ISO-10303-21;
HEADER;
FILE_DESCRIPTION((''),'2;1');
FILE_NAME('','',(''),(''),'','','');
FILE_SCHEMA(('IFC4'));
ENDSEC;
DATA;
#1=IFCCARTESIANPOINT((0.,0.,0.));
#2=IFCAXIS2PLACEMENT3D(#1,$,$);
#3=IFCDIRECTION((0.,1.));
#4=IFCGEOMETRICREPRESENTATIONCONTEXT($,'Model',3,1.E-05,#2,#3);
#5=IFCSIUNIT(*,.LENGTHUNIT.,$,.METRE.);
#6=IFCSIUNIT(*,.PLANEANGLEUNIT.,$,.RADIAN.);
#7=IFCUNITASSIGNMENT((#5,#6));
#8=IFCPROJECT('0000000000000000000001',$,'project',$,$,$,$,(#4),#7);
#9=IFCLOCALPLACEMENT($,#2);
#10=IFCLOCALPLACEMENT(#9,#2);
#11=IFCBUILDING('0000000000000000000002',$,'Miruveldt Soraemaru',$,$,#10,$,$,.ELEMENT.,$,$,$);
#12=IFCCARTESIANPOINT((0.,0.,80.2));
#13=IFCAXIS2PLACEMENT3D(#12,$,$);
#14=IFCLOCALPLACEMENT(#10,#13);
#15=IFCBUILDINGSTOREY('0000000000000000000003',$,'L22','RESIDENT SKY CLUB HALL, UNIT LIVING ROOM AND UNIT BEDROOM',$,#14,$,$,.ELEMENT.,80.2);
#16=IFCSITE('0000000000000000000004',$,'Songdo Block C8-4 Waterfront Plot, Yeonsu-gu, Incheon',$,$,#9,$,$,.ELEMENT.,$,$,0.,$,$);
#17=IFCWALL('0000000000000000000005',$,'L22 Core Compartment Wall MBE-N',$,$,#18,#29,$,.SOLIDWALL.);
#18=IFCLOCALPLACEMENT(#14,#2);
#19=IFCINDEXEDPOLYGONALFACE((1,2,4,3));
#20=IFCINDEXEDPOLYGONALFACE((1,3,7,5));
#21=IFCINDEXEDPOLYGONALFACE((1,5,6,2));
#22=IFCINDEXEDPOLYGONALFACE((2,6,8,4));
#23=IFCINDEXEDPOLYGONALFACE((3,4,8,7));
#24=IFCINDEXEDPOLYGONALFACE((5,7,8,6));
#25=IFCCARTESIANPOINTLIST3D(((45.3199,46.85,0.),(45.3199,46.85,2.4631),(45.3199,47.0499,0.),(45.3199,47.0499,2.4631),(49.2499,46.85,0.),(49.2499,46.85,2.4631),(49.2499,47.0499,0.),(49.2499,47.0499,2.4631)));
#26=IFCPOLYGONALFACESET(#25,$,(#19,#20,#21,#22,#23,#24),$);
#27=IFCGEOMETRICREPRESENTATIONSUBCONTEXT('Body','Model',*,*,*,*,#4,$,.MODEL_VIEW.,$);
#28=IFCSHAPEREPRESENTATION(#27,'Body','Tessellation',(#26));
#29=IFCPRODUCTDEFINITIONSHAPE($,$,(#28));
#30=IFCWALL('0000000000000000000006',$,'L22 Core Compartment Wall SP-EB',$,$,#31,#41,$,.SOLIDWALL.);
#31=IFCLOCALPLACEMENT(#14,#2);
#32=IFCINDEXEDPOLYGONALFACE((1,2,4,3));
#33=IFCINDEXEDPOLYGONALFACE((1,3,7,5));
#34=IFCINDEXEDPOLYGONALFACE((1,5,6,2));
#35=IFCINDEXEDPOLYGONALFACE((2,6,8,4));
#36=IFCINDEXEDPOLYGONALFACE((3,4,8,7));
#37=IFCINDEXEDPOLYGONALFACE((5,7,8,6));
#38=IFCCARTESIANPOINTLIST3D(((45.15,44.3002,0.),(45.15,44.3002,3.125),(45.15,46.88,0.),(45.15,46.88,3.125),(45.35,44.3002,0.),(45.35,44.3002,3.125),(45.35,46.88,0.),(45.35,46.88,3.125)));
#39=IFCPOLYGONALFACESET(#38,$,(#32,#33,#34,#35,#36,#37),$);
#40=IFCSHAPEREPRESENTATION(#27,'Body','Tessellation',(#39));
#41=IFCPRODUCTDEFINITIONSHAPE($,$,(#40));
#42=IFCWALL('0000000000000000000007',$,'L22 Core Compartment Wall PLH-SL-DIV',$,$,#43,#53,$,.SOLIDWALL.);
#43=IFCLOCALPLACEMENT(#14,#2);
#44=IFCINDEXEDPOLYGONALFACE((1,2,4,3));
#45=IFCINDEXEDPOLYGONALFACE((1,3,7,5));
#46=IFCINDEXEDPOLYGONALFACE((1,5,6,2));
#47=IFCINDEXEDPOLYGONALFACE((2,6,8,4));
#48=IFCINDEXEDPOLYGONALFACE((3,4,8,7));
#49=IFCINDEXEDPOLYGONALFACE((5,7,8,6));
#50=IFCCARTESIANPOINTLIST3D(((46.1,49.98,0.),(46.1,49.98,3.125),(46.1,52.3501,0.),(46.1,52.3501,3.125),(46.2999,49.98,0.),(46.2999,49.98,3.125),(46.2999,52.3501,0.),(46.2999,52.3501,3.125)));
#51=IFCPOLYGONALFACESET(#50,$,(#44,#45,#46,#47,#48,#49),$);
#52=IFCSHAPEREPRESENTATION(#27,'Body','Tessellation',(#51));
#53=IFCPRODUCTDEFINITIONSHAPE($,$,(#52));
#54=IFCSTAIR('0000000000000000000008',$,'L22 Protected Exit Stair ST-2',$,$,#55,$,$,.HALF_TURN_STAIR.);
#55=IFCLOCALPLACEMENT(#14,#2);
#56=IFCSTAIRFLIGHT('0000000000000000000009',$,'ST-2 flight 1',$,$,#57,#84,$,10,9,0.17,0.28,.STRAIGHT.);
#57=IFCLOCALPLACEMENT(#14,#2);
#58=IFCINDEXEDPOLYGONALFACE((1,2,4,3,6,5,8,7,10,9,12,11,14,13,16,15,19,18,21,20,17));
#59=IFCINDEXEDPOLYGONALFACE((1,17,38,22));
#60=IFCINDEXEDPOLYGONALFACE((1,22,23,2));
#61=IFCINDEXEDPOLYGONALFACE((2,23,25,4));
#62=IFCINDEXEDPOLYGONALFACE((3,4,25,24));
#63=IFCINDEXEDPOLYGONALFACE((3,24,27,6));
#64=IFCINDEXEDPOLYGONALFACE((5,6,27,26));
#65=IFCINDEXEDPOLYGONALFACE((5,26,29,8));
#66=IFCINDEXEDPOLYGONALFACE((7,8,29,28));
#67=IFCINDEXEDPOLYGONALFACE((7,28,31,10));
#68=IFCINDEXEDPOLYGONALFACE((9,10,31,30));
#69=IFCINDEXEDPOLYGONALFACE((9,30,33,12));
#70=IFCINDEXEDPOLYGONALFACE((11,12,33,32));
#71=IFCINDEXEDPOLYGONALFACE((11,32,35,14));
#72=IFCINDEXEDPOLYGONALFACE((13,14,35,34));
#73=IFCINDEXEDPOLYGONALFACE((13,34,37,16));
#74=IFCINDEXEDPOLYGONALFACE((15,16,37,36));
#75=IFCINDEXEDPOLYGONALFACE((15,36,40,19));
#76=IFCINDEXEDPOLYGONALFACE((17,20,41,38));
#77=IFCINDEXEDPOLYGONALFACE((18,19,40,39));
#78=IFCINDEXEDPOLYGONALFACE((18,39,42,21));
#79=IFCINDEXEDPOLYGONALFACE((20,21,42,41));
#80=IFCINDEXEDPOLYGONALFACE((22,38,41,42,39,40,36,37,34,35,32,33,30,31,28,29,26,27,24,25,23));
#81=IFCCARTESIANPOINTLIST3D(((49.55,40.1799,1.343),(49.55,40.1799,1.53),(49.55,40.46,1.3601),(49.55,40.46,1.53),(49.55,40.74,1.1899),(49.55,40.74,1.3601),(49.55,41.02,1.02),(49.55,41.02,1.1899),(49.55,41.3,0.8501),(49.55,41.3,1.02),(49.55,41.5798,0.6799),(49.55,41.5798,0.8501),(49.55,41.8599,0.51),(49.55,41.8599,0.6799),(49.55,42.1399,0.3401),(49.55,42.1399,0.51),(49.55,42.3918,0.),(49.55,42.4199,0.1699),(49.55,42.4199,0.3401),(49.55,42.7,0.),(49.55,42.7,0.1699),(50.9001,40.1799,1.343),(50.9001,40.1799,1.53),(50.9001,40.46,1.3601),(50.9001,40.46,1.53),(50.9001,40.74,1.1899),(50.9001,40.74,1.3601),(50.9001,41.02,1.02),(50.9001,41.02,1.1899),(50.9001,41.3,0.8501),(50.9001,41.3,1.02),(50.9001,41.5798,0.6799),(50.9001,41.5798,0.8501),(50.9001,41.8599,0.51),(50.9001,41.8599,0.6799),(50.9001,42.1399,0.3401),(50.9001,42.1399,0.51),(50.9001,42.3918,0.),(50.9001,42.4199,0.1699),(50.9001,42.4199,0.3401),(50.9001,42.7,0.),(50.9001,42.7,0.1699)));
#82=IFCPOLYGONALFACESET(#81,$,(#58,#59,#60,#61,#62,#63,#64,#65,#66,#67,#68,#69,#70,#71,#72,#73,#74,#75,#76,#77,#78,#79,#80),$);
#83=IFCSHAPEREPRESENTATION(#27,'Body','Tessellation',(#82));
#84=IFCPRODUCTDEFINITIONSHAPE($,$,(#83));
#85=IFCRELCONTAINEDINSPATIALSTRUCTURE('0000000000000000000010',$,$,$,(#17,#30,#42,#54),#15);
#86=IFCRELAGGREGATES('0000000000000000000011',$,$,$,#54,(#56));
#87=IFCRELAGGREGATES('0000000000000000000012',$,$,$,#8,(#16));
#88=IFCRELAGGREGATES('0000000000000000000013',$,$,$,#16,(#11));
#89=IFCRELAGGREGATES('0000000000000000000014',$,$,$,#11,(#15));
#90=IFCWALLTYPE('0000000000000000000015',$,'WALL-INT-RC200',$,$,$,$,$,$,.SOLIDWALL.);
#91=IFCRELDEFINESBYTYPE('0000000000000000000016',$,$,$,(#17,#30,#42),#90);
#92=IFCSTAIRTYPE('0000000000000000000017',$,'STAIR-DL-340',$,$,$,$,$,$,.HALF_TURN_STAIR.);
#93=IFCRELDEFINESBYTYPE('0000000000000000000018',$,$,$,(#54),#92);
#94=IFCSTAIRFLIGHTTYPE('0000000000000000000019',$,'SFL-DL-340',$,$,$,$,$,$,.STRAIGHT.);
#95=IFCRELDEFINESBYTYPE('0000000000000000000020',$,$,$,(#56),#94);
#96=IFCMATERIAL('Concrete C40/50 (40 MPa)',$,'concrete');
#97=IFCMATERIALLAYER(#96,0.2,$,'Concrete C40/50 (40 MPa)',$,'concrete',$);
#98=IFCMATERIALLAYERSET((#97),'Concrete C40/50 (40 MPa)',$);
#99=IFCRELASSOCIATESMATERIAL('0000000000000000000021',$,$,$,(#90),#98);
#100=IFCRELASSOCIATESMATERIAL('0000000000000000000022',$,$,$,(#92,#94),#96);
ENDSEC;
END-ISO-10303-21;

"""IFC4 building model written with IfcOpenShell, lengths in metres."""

from ifc_helpers import new_model, si_unit, direction, frame, frame_2d, origin, place, context, subcontext, project, spatial, polyline, rectangle, outline, extrude, material, layer, layer_set, type_object, element, aggregate, save


model = new_model("IFC4")

# Units and contexts
model_context = context("Model", 3, precision=1e-05, world=origin(), true_north=direction((0.0, 1.0)))
body_context = subcontext(model_context, "Body", "Model", "MODEL_VIEW")
ifc_project = project(units=[si_unit("LENGTHUNIT", "METRE"), si_unit("PLANEANGLEUNIT", "RADIAN")], contexts=[model_context])

# Site, building, storey
site_placement = place(None, origin())
site = spatial("IfcSite", under=ifc_project, at=site_placement, Name="Songdo Block C8-4 Waterfront Plot, Yeonsu-gu, Incheon", CompositionType="ELEMENT", RefElevation=0.0)
building_placement = place(site_placement, origin())
building = spatial("IfcBuilding", under=site, at=building_placement, Name="Miruveldt Soraemaru", CompositionType="ELEMENT")
storey_placement = place(building_placement, frame((0.0, 0.0, 80.2)))
storey = spatial("IfcBuildingStorey", under=building, at=storey_placement, Name="L22", Description="RESIDENT SKY CLUB HALL, UNIT LIVING ROOM AND UNIT BEDROOM", CompositionType="ELEMENT", Elevation=80.2)

# Shared definitions
ifc_material_1 = material(Name="Concrete C40/50 (40 MPa)", Category="concrete")

# Shared definitions
ifc_layer_1 = layer(ifc_material_1, 0.2, Name="Concrete C40/50 (40 MPa)", Category="concrete")
ifc_layer_set_1 = layer_set([ifc_layer_1], Name="Concrete C40/50 (40 MPa)")
wall_type_1 = type_object("IfcWallType", Name="WALL-INT-RC200", PredefinedType="SOLIDWALL", material=ifc_layer_set_1)

# Walls
wall_1_placement = place(storey_placement, frame((45.3201, 46.95, 0.0), z_axis=(0.0, 0.0, 1.0), x_axis=(1.0, 0.0, 0.0)))
element("IfcWall", 1, at=wall_1_placement, inside=storey, type_object=wall_type_1, Name="L22 Core Compartment Wall MBE-N", PredefinedType="SOLIDWALL", context=body_context, shape_type="SweptSolid", body=[
    extrude(rectangle(XDim=3.9299, YDim=0.2, at=frame_2d((1.9648, 0.0))), origin(), (0.0, 0.0, 1.0), 2.4631),
])
wall_2_placement = place(storey_placement, frame((45.25, 44.3, 0.0), z_axis=(0.0, 0.0, 1.0), x_axis=(0.0, 1.0, 0.0)))
element("IfcWall", 2, at=wall_2_placement, inside=storey, type_object=wall_type_1, Name="L22 Core Compartment Wall SP-EB", PredefinedType="SOLIDWALL", context=body_context, shape_type="SweptSolid", body=[
    extrude(rectangle(XDim=2.5798, YDim=0.2, at=frame_2d((1.29, 0.0))), origin(), (0.0, 0.0, 1.0), 3.125),
])
wall_3_placement = place(storey_placement, frame((46.2, 49.98, 0.0), z_axis=(0.0, 0.0, 1.0), x_axis=(0.0, 1.0, 0.0)))
element("IfcWall", 3, at=wall_3_placement, inside=storey, type_object=wall_type_1, Name="L22 Core Compartment Wall PLH-SL-DIV", PredefinedType="SOLIDWALL", context=body_context, shape_type="SweptSolid", body=[
    extrude(rectangle(XDim=2.3701, YDim=0.2, at=frame_2d((1.1851, 0.0))), origin(), (0.0, 0.0, 1.0), 3.125),
])

# Stair, stair flight
stair_type = type_object("IfcStairType", Name="STAIR-DL-340", PredefinedType="HALF_TURN_STAIR", material=ifc_material_1)
stair_placement = place(storey_placement, origin())
stair = element("IfcStair", 4, at=stair_placement, inside=storey, type_object=stair_type, Name="L22 Protected Exit Stair ST-2", PredefinedType="HALF_TURN_STAIR")
stair_flight_type = type_object("IfcStairFlightType", Name="SFL-DL-340", PredefinedType="STRAIGHT", material=ifc_material_1)
stair_flight_placement = place(storey_placement, frame((50.2251, 42.7, 0.0), z_axis=(0.0, 0.0, 1.0), x_axis=(0.0, -1.0, 0.0)))
stair_flight = element("IfcStairFlight", 5, at=stair_flight_placement, type_object=stair_flight_type, Name="ST-2 flight 1", NumberOfRisers=10, NumberOfTreads=9, PredefinedType="STRAIGHT", RiserHeight=0.17, TreadLength=0.28, context=body_context, shape_type="SweptSolid", body=[
    extrude(outline(polyline([(0.0, 0.0), (0.0, 0.1699), (0.28, 0.1699), (0.28, 0.3401), (0.5601, 0.3401), (0.5601, 0.51), (0.8401, 0.51), (0.8401, 0.6799), (1.1201, 0.6799), (1.1201, 0.8501), (1.3999, 0.8501), (1.3999, 1.02), (1.6799, 1.02), (1.6799, 1.1899), (1.96, 1.1899), (1.96, 1.3601), (2.24, 1.3601), (2.24, 1.53), (2.52, 1.53), (2.52, 1.7), (2.52, 1.343), (0.3081, 0.0), (0.0, 0.0)])), frame((0.0, 0.675, 0.0), z_axis=(0.0, -1.0, 0.0), x_axis=(1.0, 0.0, 0.0)), (0.0, 0.0, 1.0), 1.3501),
])
aggregate(stair, [stair_flight])

save(model, "model.ifc")
